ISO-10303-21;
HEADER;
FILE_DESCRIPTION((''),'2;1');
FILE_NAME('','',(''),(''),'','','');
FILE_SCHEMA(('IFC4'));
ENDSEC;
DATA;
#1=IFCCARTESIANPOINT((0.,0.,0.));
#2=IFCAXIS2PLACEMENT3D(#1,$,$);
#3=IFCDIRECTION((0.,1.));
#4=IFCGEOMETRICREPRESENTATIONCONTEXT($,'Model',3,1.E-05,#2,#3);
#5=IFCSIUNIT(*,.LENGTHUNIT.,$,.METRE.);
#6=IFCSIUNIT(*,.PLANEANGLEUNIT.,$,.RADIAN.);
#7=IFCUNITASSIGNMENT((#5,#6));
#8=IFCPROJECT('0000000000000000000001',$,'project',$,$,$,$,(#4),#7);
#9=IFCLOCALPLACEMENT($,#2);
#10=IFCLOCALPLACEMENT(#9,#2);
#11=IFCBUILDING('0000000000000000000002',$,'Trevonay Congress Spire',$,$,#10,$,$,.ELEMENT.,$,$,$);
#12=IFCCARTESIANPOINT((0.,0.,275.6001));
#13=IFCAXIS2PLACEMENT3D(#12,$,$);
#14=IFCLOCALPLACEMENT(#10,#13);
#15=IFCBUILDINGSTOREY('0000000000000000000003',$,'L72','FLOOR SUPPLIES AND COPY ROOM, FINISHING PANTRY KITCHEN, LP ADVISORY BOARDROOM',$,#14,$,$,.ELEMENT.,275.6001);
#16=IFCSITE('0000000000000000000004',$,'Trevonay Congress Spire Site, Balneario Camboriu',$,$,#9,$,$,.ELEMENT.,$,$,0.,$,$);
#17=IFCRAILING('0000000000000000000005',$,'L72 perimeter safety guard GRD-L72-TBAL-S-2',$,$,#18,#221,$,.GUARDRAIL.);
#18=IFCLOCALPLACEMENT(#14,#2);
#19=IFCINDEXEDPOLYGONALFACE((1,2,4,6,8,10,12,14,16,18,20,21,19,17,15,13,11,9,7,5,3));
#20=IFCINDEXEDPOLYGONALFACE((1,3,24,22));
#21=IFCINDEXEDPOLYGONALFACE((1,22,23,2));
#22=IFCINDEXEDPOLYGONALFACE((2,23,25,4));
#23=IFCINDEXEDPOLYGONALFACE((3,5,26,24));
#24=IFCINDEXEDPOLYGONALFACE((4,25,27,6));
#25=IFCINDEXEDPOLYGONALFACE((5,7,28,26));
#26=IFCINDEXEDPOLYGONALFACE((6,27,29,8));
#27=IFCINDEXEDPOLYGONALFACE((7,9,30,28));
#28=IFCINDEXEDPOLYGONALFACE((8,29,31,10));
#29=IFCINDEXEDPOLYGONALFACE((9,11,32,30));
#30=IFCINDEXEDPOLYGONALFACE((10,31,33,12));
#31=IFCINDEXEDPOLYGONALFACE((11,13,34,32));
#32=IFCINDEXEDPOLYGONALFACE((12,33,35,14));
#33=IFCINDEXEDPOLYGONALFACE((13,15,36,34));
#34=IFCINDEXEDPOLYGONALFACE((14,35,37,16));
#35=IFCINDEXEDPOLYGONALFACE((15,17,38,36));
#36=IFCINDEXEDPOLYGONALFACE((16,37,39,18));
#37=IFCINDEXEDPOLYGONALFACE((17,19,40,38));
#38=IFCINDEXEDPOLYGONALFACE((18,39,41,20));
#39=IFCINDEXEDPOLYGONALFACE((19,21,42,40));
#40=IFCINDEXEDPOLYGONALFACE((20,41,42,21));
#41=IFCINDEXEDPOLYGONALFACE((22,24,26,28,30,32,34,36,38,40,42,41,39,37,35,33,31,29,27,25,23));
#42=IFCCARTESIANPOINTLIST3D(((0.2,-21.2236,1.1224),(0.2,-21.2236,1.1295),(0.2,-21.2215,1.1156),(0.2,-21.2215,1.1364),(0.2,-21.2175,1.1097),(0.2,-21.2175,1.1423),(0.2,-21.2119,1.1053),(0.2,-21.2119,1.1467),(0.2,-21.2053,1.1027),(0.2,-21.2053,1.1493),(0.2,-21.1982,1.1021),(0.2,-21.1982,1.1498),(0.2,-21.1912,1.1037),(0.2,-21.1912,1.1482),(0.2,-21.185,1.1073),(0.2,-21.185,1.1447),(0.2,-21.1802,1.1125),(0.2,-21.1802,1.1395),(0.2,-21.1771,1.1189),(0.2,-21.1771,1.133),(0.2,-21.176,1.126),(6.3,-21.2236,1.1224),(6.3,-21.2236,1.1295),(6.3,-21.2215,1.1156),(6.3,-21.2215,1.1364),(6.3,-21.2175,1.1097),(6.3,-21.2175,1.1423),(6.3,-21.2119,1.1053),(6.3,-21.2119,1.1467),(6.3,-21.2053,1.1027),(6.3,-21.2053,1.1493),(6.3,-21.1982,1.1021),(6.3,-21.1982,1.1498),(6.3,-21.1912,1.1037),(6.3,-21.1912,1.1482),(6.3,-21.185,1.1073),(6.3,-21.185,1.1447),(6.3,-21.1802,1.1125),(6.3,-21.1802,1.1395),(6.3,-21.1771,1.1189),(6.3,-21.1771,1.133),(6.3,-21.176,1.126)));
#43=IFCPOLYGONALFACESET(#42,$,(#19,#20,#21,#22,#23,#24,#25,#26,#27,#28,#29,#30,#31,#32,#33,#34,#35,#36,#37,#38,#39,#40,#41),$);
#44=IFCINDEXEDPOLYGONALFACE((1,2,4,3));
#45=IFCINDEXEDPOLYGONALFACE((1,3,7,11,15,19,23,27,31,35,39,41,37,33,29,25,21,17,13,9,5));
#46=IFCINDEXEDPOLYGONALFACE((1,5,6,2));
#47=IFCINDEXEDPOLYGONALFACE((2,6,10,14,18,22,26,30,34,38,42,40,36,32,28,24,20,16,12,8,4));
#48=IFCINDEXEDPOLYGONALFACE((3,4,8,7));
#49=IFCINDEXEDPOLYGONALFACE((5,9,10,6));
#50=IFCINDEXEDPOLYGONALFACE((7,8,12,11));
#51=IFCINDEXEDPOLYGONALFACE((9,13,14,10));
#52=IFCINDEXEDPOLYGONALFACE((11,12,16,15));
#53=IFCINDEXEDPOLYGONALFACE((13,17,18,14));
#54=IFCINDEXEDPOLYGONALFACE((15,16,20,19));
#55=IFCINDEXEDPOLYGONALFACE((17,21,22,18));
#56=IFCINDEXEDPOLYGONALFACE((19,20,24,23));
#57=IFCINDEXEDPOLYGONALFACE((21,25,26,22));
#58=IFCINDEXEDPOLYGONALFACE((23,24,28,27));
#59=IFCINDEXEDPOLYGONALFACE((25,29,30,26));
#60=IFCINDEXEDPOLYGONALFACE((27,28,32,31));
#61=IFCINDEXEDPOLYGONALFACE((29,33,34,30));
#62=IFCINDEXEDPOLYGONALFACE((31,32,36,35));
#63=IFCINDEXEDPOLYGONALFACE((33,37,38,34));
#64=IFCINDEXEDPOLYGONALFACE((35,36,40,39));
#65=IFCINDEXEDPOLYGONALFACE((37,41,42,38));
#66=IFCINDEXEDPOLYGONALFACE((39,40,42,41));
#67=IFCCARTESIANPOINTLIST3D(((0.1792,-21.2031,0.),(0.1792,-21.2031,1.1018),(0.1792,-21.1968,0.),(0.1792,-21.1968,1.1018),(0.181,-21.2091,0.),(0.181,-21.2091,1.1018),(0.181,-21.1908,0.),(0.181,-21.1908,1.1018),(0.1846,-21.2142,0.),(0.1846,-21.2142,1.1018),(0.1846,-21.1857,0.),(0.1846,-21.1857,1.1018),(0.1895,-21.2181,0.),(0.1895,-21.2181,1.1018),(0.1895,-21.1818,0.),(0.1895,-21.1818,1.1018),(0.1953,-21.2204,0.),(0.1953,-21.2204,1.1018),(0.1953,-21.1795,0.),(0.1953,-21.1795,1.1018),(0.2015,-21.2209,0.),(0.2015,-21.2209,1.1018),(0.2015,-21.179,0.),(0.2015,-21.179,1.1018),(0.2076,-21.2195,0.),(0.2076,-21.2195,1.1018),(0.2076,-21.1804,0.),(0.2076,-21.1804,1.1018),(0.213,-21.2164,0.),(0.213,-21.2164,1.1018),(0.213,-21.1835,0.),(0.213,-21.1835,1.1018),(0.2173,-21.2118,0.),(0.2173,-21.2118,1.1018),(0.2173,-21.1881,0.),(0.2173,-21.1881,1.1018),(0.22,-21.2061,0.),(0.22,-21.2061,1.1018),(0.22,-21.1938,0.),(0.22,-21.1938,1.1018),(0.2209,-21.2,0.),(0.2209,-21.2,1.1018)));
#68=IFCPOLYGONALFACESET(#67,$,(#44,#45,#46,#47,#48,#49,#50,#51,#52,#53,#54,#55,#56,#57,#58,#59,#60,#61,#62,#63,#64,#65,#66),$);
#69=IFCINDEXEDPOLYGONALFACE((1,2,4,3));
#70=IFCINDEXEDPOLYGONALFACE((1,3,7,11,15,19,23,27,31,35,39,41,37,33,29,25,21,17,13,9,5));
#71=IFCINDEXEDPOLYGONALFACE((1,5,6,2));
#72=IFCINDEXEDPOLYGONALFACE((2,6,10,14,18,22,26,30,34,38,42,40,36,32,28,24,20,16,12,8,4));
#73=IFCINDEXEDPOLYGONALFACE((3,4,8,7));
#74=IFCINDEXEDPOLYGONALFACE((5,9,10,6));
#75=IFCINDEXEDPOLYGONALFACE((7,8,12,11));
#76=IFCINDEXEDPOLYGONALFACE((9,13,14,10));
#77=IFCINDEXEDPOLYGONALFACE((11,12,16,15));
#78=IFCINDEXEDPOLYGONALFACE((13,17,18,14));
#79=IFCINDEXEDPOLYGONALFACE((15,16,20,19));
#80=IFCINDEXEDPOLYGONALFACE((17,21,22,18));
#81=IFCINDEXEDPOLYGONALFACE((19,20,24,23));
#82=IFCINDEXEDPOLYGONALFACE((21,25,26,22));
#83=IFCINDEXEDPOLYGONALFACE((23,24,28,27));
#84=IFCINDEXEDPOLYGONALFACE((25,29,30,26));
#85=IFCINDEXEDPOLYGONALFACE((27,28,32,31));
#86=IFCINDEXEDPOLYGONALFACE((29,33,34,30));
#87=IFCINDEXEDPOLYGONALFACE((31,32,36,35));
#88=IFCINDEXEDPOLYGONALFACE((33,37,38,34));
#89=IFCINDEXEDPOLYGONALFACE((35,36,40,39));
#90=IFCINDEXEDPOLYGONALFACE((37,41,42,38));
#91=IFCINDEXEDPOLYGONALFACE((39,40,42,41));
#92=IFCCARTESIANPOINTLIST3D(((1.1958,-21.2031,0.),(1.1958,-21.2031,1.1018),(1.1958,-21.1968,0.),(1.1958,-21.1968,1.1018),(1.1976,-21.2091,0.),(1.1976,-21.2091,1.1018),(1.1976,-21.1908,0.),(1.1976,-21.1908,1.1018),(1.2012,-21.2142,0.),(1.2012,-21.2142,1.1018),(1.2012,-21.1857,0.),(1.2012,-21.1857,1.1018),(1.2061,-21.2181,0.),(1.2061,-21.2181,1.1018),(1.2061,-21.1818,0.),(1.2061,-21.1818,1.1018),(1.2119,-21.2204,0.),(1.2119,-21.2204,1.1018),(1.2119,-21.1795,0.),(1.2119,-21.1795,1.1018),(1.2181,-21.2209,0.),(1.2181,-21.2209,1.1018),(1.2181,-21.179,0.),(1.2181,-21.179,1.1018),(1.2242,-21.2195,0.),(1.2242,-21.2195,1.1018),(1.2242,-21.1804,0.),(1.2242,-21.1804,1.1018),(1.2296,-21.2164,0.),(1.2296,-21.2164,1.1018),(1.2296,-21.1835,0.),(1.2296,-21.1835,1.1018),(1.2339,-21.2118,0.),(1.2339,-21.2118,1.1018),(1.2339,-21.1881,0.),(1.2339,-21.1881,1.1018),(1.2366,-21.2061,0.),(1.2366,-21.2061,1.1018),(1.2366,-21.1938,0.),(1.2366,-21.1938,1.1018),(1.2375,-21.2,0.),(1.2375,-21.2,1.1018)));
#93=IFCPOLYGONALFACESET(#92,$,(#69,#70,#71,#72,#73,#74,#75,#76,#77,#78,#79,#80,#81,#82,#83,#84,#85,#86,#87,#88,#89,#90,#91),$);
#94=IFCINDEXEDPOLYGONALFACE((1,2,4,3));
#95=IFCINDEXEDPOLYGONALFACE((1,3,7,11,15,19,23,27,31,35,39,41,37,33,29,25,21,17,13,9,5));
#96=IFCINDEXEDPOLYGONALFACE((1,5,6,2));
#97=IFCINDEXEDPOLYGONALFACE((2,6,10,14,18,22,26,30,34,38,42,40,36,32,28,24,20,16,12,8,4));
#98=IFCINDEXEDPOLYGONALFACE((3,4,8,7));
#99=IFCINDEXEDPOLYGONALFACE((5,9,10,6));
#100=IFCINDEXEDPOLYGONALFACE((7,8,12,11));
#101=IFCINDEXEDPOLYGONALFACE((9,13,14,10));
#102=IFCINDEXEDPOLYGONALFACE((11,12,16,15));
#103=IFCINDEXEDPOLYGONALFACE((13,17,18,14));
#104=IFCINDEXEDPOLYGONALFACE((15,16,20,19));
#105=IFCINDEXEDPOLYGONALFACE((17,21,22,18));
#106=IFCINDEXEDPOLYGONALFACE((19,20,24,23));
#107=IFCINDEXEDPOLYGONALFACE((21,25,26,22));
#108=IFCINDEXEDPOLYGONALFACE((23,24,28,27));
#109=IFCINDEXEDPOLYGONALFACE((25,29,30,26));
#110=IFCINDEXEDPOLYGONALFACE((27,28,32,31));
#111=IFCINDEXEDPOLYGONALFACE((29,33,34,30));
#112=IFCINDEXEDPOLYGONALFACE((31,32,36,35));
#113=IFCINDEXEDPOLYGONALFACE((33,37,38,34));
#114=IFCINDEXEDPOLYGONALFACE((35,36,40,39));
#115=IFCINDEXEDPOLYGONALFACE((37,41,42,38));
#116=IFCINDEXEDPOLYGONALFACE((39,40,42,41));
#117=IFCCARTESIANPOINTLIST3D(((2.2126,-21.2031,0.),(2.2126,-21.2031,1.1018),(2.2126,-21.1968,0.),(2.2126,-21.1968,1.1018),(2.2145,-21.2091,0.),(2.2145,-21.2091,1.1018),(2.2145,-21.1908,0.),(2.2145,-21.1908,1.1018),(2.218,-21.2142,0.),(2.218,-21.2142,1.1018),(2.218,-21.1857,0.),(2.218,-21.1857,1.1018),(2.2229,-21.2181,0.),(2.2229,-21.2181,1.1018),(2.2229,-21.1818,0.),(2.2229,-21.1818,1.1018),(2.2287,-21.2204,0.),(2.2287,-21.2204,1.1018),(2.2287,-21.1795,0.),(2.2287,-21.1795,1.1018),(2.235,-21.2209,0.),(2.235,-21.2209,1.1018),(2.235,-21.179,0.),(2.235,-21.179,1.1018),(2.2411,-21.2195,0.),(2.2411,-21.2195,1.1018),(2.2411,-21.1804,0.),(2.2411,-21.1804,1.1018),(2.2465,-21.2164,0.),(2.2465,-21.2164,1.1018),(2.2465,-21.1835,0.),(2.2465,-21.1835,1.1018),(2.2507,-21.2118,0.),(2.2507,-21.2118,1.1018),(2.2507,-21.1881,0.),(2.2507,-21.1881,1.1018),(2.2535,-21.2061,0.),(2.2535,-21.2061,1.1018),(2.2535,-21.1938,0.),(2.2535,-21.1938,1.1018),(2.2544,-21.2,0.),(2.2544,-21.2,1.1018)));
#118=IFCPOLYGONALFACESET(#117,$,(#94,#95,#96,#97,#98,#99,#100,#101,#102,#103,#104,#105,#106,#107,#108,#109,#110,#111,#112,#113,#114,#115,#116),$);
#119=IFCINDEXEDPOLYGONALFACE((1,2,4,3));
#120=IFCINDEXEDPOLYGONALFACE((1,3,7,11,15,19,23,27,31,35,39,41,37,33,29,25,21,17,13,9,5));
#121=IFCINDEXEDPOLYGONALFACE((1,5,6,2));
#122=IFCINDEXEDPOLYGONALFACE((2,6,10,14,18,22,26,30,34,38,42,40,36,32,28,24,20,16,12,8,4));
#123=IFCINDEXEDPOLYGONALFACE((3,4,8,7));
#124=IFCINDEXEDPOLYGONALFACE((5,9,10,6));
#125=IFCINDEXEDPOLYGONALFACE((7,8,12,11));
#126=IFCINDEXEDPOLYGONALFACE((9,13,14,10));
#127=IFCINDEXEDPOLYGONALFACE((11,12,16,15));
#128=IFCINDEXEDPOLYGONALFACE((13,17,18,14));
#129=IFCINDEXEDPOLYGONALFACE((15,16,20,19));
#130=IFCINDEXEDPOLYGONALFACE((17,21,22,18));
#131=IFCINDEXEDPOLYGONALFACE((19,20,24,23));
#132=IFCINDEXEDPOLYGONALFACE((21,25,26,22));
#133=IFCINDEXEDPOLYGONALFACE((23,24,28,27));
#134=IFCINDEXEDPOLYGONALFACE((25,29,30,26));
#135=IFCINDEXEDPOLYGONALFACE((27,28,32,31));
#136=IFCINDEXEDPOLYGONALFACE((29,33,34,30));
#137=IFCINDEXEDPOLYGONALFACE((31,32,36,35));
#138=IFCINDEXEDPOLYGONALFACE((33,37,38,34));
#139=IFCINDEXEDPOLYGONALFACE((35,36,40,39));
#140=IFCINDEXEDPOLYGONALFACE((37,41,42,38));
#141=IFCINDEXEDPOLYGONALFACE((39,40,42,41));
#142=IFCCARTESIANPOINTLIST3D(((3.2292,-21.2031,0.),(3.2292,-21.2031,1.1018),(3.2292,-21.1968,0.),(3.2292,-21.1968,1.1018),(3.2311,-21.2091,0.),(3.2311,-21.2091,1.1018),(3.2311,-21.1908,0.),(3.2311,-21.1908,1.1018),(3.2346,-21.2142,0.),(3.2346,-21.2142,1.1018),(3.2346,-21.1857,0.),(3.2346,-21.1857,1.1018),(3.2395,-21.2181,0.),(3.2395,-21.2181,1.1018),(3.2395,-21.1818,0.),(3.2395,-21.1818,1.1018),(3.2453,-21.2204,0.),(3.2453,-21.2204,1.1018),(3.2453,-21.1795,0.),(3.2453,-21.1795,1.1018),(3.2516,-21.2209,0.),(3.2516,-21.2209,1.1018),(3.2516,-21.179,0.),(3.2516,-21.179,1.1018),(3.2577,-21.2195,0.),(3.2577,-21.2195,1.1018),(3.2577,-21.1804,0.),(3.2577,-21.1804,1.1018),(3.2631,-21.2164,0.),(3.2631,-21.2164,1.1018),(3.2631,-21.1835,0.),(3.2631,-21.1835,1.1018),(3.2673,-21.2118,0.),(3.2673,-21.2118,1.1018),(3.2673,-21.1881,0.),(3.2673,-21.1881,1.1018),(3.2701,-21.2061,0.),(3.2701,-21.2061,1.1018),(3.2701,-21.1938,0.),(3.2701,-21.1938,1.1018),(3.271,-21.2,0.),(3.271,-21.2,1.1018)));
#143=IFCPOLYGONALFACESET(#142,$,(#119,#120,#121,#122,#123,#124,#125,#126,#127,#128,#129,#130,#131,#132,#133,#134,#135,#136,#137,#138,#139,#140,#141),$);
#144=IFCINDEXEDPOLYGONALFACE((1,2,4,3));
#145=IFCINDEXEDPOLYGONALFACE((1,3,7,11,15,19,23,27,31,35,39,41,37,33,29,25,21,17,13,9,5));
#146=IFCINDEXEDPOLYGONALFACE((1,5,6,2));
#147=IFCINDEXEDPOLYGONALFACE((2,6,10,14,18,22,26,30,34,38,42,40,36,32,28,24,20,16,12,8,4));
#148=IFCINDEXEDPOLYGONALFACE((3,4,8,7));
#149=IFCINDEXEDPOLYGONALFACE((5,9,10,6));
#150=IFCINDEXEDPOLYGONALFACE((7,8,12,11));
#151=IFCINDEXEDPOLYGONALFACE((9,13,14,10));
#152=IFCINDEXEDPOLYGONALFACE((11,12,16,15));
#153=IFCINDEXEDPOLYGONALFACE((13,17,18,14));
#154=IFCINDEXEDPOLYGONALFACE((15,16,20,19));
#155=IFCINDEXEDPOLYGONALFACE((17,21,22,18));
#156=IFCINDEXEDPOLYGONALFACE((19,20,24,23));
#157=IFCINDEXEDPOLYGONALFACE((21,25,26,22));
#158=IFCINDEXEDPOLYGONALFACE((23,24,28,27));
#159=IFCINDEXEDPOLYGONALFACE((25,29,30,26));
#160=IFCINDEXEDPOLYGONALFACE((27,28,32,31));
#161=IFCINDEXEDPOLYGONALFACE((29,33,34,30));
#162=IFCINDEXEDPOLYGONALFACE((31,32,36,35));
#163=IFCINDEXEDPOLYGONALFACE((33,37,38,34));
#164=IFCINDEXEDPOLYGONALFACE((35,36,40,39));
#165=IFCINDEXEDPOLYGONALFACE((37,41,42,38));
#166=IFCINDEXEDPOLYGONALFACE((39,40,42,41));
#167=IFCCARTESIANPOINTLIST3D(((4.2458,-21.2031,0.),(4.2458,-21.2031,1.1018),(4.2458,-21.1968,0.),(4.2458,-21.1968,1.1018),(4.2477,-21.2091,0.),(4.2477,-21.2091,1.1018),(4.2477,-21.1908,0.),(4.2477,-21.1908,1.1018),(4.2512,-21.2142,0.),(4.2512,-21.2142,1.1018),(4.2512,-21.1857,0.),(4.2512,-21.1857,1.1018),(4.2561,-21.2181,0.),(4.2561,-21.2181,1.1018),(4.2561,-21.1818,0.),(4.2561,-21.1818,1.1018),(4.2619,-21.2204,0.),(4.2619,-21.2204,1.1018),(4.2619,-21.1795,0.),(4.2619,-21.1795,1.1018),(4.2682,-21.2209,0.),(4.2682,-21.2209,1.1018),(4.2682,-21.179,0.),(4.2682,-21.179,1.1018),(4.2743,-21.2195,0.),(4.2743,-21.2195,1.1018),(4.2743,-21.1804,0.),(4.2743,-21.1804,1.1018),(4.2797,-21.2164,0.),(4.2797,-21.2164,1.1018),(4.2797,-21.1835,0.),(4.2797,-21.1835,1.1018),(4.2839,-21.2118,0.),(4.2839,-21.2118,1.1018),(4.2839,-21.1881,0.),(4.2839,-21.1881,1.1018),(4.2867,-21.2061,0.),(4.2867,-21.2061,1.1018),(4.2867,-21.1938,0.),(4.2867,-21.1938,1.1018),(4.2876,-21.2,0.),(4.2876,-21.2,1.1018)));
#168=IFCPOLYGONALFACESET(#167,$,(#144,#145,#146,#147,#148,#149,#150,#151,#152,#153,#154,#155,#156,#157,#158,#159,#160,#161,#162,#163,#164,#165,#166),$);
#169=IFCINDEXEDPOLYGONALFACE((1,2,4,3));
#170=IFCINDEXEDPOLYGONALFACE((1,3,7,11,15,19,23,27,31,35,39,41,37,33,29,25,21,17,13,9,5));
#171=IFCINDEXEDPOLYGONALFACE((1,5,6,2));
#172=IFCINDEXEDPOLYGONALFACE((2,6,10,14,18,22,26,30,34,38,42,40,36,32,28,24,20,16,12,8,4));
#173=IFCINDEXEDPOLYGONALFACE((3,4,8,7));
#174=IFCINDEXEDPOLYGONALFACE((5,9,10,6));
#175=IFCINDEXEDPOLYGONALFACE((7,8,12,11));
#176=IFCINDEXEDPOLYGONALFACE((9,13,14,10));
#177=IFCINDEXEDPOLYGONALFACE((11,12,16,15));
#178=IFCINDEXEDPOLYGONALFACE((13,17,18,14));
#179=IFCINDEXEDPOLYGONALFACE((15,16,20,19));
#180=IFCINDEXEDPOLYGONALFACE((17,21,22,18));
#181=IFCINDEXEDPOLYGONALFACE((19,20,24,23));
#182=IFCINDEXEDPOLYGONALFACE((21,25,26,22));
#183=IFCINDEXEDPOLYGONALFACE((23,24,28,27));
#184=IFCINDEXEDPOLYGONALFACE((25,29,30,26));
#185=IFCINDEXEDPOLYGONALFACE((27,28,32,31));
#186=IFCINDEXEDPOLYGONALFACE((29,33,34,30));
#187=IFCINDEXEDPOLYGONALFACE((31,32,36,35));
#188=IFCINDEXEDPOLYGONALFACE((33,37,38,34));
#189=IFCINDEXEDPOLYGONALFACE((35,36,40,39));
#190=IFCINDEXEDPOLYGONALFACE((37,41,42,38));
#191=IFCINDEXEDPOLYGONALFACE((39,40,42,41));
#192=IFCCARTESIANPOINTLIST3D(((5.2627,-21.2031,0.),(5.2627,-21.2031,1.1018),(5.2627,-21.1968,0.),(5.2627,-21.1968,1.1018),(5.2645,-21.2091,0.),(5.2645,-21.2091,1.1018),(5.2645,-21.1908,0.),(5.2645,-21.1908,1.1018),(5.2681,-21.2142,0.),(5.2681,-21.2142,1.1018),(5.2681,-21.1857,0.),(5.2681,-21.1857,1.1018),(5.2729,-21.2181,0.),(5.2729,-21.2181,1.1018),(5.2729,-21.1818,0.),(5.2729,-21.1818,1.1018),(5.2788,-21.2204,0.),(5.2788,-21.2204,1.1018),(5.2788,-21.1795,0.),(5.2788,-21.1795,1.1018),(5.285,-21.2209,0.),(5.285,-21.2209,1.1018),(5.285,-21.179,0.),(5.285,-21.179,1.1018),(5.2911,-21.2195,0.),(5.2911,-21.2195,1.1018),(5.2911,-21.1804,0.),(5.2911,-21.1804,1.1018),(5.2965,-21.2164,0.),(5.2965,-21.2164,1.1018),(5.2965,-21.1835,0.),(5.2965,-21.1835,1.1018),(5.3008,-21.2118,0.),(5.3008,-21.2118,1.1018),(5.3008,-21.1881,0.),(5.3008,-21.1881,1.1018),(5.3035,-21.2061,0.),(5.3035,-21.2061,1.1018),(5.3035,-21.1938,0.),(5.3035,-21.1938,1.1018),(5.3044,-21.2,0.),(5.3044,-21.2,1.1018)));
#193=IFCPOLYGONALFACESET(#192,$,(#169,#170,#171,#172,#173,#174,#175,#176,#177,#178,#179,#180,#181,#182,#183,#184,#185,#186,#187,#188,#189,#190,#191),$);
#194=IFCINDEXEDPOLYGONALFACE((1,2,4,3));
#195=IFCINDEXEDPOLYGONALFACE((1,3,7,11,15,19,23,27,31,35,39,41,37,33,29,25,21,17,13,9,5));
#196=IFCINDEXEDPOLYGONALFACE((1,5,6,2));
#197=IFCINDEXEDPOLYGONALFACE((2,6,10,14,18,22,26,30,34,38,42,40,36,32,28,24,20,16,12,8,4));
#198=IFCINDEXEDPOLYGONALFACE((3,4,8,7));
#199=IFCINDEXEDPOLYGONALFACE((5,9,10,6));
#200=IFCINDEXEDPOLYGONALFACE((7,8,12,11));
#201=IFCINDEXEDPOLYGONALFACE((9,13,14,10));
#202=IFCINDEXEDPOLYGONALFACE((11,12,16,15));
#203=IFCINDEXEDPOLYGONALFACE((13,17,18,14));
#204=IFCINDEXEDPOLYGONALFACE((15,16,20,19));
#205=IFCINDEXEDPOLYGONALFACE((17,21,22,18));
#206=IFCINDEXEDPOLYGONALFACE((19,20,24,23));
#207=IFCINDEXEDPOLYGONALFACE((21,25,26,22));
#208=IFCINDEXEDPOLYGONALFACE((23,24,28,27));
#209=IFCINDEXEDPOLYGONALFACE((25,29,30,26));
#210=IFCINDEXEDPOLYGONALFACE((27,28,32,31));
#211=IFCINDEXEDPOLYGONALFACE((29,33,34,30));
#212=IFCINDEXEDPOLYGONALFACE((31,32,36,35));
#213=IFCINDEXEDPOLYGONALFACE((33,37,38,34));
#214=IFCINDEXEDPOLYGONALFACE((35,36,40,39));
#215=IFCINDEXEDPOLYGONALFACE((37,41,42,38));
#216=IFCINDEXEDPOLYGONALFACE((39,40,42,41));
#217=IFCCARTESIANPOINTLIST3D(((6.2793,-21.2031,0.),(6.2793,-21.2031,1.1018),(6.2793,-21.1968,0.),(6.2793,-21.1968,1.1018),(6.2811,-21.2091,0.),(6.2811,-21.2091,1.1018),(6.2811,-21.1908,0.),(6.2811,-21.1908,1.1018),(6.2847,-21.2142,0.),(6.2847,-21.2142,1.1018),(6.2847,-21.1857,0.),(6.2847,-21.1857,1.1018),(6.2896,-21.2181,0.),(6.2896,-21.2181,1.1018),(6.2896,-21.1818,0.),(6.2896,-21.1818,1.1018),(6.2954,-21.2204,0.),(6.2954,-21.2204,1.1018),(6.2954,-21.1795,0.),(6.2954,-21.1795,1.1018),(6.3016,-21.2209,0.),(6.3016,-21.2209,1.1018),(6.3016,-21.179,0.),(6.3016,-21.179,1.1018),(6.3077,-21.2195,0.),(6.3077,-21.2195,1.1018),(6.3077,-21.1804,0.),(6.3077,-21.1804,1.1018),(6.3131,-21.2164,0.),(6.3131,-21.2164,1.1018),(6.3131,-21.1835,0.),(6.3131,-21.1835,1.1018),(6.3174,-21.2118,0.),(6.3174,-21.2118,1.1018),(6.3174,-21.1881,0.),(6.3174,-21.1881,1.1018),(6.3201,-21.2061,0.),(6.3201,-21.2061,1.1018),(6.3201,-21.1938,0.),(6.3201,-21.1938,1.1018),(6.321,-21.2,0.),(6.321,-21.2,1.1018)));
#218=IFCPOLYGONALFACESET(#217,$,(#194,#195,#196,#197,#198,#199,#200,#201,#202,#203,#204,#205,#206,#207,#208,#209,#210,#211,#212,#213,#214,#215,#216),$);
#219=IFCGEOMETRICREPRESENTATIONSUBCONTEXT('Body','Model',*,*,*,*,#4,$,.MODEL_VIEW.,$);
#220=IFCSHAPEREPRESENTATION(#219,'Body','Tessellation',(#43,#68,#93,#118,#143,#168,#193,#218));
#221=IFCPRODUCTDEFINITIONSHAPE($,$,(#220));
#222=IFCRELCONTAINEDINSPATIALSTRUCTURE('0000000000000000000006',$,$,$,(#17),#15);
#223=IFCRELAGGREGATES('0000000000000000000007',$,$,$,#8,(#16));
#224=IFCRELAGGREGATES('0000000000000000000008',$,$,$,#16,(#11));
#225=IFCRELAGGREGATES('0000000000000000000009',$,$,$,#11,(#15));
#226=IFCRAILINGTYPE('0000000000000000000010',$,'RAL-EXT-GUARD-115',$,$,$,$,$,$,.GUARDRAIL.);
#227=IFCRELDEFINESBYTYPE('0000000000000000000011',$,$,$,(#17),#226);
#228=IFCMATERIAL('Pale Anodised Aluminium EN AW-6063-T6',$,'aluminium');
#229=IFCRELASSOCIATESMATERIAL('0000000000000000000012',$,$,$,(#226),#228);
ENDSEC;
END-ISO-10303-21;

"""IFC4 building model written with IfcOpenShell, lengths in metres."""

from ifc_helpers import new_model, si_unit, direction, frame, origin, origin_2d, place, context, subcontext, project, spatial, circle, extrude, material, type_object, element, save


model = new_model("IFC4")

# Units and contexts
model_context = context("Model", 3, precision=1e-05, world=origin(), true_north=direction((0.0, 1.0)))
body_context = subcontext(model_context, "Body", "Model", "MODEL_VIEW")
ifc_project = project(units=[si_unit("LENGTHUNIT", "METRE"), si_unit("PLANEANGLEUNIT", "RADIAN")], contexts=[model_context])

# Site, building, storey
site_placement = place(None, origin())
site = spatial("IfcSite", under=ifc_project, at=site_placement, Name="Trevonay Congress Spire Site, Balneario Camboriu", CompositionType="ELEMENT", RefElevation=0.0)
building_placement = place(site_placement, origin())
building = spatial("IfcBuilding", under=site, at=building_placement, Name="Trevonay Congress Spire", CompositionType="ELEMENT")
storey_placement = place(building_placement, frame((0.0, 0.0, 275.6001)))
storey = spatial("IfcBuildingStorey", under=building, at=storey_placement, Name="L72", Description="FLOOR SUPPLIES AND COPY ROOM, FINISHING PANTRY KITCHEN, LP ADVISORY BOARDROOM", CompositionType="ELEMENT", Elevation=275.6001)

# Shared definitions
ifc_material_1 = material(Name="Pale Anodised Aluminium EN AW-6063-T6", Category="aluminium")

# Railing
railing_type = type_object("IfcRailingType", Name="RAL-EXT-GUARD-115", PredefinedType="GUARDRAIL", material=ifc_material_1)
railing_1_placement = place(storey_placement, frame((0.2, -21.2, 0.0)))
element("IfcRailing", 1, at=railing_1_placement, inside=storey, type_object=railing_type, Name="L72 perimeter safety guard GRD-L72-TBAL-S-2", PredefinedType="GUARDRAIL", context=body_context, shape_type="SweptSolid", body=[
    extrude(circle(Radius=0.0239, at=origin_2d()), frame((0.0, 0.0, 1.126), z_axis=(1.0, 0.0, 0.0), x_axis=(0.0, 1.0, 0.0)), (0.0, 0.0, 1.0), 6.1001),
    extrude(circle(Radius=0.021, at=origin_2d()), origin(), (0.0, 0.0, 1.0), 1.1018),
    extrude(circle(Radius=0.021, at=origin_2d()), frame((1.0166, 0.0, 0.0)), (0.0, 0.0, 1.0), 1.1018),
    extrude(circle(Radius=0.021, at=origin_2d()), frame((2.0334, 0.0, 0.0)), (0.0, 0.0, 1.0), 1.1018),
    extrude(circle(Radius=0.021, at=origin_2d()), frame((3.05, 0.0, 0.0)), (0.0, 0.0, 1.0), 1.1018),
    extrude(circle(Radius=0.021, at=origin_2d()), frame((4.0667, 0.0, 0.0)), (0.0, 0.0, 1.0), 1.1018),
    extrude(circle(Radius=0.021, at=origin_2d()), frame((5.0835, 0.0, 0.0)), (0.0, 0.0, 1.0), 1.1018),
    extrude(circle(Radius=0.021, at=origin_2d()), frame((6.1001, 0.0, 0.0)), (0.0, 0.0, 1.0), 1.1018),
])

save(model, "model.ifc")
